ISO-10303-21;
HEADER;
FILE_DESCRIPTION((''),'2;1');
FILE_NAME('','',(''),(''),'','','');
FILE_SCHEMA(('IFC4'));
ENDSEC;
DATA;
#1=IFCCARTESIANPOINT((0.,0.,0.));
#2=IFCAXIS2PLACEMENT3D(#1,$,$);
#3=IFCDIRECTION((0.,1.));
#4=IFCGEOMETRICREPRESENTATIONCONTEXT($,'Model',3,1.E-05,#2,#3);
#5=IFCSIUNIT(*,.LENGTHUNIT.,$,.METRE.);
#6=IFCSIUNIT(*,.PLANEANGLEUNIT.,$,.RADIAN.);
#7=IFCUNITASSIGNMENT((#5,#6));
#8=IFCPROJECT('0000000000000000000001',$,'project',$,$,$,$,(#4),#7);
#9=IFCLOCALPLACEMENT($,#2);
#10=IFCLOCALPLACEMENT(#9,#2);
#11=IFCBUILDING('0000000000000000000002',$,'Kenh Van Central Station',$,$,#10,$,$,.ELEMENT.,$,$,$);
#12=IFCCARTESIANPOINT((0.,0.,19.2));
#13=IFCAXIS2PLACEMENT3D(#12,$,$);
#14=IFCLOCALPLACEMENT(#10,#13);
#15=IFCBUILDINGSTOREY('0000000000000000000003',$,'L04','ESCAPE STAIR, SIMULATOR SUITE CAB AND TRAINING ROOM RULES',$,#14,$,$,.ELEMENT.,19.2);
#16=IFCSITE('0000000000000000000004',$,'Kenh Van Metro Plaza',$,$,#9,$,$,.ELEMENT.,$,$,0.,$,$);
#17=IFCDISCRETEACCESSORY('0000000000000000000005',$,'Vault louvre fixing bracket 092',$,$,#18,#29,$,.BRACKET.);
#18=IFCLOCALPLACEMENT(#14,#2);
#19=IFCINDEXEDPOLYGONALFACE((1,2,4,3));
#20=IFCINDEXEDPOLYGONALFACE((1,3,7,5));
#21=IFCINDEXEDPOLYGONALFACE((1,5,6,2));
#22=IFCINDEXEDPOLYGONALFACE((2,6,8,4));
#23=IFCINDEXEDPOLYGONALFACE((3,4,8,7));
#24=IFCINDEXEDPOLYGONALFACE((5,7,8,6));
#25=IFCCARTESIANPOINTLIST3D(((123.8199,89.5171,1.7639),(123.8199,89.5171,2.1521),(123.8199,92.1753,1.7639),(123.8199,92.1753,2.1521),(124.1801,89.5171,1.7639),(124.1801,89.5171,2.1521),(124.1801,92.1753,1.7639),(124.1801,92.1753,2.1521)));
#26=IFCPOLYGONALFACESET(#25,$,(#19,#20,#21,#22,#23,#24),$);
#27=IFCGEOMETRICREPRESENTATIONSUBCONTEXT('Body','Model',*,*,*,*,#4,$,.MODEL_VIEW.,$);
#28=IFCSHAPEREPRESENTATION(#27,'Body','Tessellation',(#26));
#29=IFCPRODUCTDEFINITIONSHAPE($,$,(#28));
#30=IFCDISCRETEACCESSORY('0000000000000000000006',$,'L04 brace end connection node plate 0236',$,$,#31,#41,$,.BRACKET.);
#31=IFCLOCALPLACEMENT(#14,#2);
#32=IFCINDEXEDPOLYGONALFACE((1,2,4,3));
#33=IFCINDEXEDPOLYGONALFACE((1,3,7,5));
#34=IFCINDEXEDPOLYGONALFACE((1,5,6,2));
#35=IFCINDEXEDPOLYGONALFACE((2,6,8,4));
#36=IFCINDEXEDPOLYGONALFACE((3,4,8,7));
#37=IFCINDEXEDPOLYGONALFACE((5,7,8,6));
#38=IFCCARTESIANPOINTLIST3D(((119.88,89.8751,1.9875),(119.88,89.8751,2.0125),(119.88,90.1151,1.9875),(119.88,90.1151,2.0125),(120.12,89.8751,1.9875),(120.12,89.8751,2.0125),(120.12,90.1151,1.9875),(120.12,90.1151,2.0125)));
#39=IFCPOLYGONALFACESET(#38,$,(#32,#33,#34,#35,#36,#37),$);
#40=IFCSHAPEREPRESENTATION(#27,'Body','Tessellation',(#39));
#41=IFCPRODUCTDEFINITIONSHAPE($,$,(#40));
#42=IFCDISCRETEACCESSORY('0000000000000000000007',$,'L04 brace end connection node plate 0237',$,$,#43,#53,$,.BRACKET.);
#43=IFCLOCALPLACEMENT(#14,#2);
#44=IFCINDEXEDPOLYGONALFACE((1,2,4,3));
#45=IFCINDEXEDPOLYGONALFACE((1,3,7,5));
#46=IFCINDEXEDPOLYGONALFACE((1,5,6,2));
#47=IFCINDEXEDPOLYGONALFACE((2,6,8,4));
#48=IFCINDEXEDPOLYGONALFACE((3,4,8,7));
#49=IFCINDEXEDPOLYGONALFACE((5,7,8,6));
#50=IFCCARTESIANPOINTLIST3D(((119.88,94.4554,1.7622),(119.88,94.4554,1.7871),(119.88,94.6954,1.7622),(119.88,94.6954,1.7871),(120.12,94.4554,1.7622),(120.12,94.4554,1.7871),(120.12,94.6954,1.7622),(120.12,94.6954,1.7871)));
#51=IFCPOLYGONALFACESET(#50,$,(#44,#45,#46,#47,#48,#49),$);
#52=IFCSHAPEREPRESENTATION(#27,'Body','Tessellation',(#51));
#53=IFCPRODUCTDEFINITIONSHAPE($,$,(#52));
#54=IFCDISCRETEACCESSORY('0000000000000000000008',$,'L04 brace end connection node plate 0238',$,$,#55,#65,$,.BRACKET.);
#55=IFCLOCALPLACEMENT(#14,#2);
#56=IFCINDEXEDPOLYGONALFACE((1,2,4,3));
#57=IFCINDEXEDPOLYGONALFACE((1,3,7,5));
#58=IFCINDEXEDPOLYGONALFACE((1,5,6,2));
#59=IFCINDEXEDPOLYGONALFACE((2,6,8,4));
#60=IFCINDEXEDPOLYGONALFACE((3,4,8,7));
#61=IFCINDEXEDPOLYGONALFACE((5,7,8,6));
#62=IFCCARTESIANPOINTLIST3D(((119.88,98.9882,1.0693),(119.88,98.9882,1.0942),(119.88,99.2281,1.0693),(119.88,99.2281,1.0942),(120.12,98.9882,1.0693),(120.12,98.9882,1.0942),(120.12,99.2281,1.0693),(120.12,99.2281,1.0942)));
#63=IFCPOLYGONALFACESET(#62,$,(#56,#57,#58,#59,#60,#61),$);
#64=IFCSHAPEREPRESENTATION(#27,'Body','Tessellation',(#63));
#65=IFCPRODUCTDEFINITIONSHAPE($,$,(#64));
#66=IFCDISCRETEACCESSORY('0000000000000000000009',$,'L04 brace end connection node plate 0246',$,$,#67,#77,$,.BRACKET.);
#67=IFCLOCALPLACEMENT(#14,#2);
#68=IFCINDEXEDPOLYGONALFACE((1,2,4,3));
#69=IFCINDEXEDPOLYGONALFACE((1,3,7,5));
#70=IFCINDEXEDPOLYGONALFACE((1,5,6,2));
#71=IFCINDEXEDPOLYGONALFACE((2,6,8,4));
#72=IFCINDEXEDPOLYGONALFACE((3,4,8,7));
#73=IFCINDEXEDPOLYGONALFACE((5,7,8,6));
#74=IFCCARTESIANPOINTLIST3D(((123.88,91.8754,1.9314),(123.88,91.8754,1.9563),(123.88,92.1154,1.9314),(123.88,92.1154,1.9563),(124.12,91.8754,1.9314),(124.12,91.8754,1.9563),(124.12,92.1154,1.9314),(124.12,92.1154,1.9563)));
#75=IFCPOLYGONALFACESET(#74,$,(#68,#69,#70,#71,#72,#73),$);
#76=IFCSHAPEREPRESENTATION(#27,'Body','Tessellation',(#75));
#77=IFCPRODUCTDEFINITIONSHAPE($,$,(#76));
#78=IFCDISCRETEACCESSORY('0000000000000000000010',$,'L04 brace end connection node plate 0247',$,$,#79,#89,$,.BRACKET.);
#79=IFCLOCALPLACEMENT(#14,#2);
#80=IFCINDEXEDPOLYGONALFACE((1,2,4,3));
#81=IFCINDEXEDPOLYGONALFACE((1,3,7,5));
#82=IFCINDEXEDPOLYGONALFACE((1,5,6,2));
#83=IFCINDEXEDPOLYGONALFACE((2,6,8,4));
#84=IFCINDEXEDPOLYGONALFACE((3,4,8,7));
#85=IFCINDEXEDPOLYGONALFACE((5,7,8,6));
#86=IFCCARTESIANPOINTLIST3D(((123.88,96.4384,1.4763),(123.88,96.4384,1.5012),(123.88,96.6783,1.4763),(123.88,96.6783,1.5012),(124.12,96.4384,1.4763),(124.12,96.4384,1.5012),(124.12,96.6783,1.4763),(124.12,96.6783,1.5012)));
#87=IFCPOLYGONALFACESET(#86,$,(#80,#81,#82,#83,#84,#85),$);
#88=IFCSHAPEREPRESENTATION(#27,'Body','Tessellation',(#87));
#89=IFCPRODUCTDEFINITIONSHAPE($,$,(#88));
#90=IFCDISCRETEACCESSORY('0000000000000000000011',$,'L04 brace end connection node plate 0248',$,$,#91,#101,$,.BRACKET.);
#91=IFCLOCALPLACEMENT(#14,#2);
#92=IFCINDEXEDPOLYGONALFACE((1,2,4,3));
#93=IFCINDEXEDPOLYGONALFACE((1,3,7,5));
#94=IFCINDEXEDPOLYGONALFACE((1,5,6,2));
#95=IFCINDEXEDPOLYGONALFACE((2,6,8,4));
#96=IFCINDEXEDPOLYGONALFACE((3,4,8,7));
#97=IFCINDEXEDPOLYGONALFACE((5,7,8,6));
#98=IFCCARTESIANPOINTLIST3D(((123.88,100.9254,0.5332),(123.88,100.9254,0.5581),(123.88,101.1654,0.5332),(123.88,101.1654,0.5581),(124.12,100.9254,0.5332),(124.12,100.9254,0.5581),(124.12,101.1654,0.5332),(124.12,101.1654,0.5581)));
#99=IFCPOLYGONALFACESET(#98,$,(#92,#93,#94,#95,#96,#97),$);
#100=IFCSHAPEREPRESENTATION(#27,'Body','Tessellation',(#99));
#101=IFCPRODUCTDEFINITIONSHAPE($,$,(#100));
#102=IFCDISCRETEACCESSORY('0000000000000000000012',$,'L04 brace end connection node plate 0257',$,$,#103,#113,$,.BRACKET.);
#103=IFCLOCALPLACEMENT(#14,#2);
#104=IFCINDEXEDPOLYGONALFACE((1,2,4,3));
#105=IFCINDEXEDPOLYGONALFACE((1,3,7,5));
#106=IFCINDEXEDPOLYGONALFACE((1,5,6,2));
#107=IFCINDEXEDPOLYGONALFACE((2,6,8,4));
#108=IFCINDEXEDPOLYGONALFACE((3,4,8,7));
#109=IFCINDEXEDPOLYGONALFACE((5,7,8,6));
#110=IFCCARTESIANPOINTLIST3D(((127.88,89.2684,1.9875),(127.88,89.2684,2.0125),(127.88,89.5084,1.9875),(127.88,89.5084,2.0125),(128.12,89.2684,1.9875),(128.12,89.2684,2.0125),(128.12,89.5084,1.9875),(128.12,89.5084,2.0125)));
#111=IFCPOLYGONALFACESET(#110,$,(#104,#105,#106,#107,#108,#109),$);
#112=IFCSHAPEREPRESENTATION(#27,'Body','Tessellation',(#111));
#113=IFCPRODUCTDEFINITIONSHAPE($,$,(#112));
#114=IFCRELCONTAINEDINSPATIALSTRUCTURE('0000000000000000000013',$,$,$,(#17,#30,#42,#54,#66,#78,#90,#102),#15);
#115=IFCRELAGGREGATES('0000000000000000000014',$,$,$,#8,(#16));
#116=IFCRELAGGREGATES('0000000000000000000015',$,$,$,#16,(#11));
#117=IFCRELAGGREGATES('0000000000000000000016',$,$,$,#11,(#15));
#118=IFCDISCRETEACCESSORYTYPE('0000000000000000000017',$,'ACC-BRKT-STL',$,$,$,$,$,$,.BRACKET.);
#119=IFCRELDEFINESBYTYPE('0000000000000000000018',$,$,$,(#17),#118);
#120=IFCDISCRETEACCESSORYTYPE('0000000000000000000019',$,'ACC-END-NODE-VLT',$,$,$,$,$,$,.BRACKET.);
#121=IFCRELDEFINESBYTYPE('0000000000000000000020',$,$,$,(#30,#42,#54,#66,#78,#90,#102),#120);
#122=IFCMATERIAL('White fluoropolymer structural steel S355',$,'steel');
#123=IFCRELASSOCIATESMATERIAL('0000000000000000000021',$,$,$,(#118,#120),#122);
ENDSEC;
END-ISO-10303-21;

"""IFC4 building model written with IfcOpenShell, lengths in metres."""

from ifc_helpers import new_model, si_unit, direction, frame, origin, origin_2d, place, context, subcontext, project, spatial, rectangle, extrude, material, type_object, element, save


model = new_model("IFC4")

# Units and contexts
model_context = context("Model", 3, precision=1e-05, world=origin(), true_north=direction((0.0, 1.0)))
body_context = subcontext(model_context, "Body", "Model", "MODEL_VIEW")
ifc_project = project(units=[si_unit("LENGTHUNIT", "METRE"), si_unit("PLANEANGLEUNIT", "RADIAN")], contexts=[model_context])

# Site, building, storey
site_placement = place(None, origin())
site = spatial("IfcSite", under=ifc_project, at=site_placement, Name="Kenh Van Metro Plaza", CompositionType="ELEMENT", RefElevation=0.0)
building_placement = place(site_placement, origin())
building = spatial("IfcBuilding", under=site, at=building_placement, Name="Kenh Van Central Station", CompositionType="ELEMENT")
storey_placement = place(building_placement, frame((0.0, 0.0, 19.2)))
storey = spatial("IfcBuildingStorey", under=building, at=storey_placement, Name="L04", Description="ESCAPE STAIR, SIMULATOR SUITE CAB AND TRAINING ROOM RULES", CompositionType="ELEMENT", Elevation=19.2)

# Shared definitions
ifc_material_1 = material(Name="White fluoropolymer structural steel S355", Category="steel")

# Discrete accessories
discrete_accessory_type_1 = type_object("IfcDiscreteAccessoryType", Name="ACC-BRKT-STL", PredefinedType="BRACKET", material=ifc_material_1)
discrete_accessory_1_placement = place(storey_placement, frame((124.0, 90.8462, 1.7639), z_axis=(0.0, 0.0, 1.0), x_axis=(1.0, 0.0, 0.0)))
element("IfcDiscreteAccessory", 1, at=discrete_accessory_1_placement, inside=storey, type_object=discrete_accessory_type_1, Name="Vault louvre fixing bracket 092", PredefinedType="BRACKET", context=body_context, shape_type="SweptSolid", body=[
    extrude(rectangle(XDim=0.3601, YDim=2.6582, at=origin_2d()), origin(), (0.0, 0.0, 1.0), 0.3882),
])
discrete_accessory_type_2 = type_object("IfcDiscreteAccessoryType", Name="ACC-END-NODE-VLT", PredefinedType="BRACKET", material=ifc_material_1)
for number, where, z_axis, x_axis, name in (
    (2, (120.0, 89.9951, 1.9875), (0.0, 0.0, 1.0), (1.0, 0.0, 0.0), "L04 brace end connection node plate 0236"),
    (3, (120.0, 94.5754, 1.7622), (0.0, 0.0, 1.0), (1.0, 0.0, 0.0), "L04 brace end connection node plate 0237"),
    (4, (120.0, 99.1082, 1.0693), (0.0, 0.0, 1.0), (1.0, 0.0, 0.0), "L04 brace end connection node plate 0238"),
    (5, (124.0, 91.9954, 1.9314), (0.0, 0.0, 1.0), (1.0, 0.0, 0.0), "L04 brace end connection node plate 0246"),
    (6, (124.0, 96.5583, 1.4763), (0.0, 0.0, 1.0), (1.0, 0.0, 0.0), "L04 brace end connection node plate 0247"),
    (7, (124.0, 101.0454, 0.5332), (0.0, 0.0, 1.0), (1.0, 0.0, 0.0), "L04 brace end connection node plate 0248"),
    (8, (128.0, 89.3884, 1.9875), (0.0, 0.0, 1.0), (1.0, 0.0, 0.0), "L04 brace end connection node plate 0257"),
):
    element("IfcDiscreteAccessory", number, at=place(storey_placement, frame(where, z_axis=z_axis, x_axis=x_axis)), inside=storey, type_object=discrete_accessory_type_2, Name=name, PredefinedType="BRACKET", context=body_context, shape_type="SweptSolid", body=[
        extrude(rectangle(XDim=0.24, YDim=0.24, at=origin_2d()), origin(), (0.0, 0.0, 1.0), 0.0249),
    ])

save(model, "model.ifc")
